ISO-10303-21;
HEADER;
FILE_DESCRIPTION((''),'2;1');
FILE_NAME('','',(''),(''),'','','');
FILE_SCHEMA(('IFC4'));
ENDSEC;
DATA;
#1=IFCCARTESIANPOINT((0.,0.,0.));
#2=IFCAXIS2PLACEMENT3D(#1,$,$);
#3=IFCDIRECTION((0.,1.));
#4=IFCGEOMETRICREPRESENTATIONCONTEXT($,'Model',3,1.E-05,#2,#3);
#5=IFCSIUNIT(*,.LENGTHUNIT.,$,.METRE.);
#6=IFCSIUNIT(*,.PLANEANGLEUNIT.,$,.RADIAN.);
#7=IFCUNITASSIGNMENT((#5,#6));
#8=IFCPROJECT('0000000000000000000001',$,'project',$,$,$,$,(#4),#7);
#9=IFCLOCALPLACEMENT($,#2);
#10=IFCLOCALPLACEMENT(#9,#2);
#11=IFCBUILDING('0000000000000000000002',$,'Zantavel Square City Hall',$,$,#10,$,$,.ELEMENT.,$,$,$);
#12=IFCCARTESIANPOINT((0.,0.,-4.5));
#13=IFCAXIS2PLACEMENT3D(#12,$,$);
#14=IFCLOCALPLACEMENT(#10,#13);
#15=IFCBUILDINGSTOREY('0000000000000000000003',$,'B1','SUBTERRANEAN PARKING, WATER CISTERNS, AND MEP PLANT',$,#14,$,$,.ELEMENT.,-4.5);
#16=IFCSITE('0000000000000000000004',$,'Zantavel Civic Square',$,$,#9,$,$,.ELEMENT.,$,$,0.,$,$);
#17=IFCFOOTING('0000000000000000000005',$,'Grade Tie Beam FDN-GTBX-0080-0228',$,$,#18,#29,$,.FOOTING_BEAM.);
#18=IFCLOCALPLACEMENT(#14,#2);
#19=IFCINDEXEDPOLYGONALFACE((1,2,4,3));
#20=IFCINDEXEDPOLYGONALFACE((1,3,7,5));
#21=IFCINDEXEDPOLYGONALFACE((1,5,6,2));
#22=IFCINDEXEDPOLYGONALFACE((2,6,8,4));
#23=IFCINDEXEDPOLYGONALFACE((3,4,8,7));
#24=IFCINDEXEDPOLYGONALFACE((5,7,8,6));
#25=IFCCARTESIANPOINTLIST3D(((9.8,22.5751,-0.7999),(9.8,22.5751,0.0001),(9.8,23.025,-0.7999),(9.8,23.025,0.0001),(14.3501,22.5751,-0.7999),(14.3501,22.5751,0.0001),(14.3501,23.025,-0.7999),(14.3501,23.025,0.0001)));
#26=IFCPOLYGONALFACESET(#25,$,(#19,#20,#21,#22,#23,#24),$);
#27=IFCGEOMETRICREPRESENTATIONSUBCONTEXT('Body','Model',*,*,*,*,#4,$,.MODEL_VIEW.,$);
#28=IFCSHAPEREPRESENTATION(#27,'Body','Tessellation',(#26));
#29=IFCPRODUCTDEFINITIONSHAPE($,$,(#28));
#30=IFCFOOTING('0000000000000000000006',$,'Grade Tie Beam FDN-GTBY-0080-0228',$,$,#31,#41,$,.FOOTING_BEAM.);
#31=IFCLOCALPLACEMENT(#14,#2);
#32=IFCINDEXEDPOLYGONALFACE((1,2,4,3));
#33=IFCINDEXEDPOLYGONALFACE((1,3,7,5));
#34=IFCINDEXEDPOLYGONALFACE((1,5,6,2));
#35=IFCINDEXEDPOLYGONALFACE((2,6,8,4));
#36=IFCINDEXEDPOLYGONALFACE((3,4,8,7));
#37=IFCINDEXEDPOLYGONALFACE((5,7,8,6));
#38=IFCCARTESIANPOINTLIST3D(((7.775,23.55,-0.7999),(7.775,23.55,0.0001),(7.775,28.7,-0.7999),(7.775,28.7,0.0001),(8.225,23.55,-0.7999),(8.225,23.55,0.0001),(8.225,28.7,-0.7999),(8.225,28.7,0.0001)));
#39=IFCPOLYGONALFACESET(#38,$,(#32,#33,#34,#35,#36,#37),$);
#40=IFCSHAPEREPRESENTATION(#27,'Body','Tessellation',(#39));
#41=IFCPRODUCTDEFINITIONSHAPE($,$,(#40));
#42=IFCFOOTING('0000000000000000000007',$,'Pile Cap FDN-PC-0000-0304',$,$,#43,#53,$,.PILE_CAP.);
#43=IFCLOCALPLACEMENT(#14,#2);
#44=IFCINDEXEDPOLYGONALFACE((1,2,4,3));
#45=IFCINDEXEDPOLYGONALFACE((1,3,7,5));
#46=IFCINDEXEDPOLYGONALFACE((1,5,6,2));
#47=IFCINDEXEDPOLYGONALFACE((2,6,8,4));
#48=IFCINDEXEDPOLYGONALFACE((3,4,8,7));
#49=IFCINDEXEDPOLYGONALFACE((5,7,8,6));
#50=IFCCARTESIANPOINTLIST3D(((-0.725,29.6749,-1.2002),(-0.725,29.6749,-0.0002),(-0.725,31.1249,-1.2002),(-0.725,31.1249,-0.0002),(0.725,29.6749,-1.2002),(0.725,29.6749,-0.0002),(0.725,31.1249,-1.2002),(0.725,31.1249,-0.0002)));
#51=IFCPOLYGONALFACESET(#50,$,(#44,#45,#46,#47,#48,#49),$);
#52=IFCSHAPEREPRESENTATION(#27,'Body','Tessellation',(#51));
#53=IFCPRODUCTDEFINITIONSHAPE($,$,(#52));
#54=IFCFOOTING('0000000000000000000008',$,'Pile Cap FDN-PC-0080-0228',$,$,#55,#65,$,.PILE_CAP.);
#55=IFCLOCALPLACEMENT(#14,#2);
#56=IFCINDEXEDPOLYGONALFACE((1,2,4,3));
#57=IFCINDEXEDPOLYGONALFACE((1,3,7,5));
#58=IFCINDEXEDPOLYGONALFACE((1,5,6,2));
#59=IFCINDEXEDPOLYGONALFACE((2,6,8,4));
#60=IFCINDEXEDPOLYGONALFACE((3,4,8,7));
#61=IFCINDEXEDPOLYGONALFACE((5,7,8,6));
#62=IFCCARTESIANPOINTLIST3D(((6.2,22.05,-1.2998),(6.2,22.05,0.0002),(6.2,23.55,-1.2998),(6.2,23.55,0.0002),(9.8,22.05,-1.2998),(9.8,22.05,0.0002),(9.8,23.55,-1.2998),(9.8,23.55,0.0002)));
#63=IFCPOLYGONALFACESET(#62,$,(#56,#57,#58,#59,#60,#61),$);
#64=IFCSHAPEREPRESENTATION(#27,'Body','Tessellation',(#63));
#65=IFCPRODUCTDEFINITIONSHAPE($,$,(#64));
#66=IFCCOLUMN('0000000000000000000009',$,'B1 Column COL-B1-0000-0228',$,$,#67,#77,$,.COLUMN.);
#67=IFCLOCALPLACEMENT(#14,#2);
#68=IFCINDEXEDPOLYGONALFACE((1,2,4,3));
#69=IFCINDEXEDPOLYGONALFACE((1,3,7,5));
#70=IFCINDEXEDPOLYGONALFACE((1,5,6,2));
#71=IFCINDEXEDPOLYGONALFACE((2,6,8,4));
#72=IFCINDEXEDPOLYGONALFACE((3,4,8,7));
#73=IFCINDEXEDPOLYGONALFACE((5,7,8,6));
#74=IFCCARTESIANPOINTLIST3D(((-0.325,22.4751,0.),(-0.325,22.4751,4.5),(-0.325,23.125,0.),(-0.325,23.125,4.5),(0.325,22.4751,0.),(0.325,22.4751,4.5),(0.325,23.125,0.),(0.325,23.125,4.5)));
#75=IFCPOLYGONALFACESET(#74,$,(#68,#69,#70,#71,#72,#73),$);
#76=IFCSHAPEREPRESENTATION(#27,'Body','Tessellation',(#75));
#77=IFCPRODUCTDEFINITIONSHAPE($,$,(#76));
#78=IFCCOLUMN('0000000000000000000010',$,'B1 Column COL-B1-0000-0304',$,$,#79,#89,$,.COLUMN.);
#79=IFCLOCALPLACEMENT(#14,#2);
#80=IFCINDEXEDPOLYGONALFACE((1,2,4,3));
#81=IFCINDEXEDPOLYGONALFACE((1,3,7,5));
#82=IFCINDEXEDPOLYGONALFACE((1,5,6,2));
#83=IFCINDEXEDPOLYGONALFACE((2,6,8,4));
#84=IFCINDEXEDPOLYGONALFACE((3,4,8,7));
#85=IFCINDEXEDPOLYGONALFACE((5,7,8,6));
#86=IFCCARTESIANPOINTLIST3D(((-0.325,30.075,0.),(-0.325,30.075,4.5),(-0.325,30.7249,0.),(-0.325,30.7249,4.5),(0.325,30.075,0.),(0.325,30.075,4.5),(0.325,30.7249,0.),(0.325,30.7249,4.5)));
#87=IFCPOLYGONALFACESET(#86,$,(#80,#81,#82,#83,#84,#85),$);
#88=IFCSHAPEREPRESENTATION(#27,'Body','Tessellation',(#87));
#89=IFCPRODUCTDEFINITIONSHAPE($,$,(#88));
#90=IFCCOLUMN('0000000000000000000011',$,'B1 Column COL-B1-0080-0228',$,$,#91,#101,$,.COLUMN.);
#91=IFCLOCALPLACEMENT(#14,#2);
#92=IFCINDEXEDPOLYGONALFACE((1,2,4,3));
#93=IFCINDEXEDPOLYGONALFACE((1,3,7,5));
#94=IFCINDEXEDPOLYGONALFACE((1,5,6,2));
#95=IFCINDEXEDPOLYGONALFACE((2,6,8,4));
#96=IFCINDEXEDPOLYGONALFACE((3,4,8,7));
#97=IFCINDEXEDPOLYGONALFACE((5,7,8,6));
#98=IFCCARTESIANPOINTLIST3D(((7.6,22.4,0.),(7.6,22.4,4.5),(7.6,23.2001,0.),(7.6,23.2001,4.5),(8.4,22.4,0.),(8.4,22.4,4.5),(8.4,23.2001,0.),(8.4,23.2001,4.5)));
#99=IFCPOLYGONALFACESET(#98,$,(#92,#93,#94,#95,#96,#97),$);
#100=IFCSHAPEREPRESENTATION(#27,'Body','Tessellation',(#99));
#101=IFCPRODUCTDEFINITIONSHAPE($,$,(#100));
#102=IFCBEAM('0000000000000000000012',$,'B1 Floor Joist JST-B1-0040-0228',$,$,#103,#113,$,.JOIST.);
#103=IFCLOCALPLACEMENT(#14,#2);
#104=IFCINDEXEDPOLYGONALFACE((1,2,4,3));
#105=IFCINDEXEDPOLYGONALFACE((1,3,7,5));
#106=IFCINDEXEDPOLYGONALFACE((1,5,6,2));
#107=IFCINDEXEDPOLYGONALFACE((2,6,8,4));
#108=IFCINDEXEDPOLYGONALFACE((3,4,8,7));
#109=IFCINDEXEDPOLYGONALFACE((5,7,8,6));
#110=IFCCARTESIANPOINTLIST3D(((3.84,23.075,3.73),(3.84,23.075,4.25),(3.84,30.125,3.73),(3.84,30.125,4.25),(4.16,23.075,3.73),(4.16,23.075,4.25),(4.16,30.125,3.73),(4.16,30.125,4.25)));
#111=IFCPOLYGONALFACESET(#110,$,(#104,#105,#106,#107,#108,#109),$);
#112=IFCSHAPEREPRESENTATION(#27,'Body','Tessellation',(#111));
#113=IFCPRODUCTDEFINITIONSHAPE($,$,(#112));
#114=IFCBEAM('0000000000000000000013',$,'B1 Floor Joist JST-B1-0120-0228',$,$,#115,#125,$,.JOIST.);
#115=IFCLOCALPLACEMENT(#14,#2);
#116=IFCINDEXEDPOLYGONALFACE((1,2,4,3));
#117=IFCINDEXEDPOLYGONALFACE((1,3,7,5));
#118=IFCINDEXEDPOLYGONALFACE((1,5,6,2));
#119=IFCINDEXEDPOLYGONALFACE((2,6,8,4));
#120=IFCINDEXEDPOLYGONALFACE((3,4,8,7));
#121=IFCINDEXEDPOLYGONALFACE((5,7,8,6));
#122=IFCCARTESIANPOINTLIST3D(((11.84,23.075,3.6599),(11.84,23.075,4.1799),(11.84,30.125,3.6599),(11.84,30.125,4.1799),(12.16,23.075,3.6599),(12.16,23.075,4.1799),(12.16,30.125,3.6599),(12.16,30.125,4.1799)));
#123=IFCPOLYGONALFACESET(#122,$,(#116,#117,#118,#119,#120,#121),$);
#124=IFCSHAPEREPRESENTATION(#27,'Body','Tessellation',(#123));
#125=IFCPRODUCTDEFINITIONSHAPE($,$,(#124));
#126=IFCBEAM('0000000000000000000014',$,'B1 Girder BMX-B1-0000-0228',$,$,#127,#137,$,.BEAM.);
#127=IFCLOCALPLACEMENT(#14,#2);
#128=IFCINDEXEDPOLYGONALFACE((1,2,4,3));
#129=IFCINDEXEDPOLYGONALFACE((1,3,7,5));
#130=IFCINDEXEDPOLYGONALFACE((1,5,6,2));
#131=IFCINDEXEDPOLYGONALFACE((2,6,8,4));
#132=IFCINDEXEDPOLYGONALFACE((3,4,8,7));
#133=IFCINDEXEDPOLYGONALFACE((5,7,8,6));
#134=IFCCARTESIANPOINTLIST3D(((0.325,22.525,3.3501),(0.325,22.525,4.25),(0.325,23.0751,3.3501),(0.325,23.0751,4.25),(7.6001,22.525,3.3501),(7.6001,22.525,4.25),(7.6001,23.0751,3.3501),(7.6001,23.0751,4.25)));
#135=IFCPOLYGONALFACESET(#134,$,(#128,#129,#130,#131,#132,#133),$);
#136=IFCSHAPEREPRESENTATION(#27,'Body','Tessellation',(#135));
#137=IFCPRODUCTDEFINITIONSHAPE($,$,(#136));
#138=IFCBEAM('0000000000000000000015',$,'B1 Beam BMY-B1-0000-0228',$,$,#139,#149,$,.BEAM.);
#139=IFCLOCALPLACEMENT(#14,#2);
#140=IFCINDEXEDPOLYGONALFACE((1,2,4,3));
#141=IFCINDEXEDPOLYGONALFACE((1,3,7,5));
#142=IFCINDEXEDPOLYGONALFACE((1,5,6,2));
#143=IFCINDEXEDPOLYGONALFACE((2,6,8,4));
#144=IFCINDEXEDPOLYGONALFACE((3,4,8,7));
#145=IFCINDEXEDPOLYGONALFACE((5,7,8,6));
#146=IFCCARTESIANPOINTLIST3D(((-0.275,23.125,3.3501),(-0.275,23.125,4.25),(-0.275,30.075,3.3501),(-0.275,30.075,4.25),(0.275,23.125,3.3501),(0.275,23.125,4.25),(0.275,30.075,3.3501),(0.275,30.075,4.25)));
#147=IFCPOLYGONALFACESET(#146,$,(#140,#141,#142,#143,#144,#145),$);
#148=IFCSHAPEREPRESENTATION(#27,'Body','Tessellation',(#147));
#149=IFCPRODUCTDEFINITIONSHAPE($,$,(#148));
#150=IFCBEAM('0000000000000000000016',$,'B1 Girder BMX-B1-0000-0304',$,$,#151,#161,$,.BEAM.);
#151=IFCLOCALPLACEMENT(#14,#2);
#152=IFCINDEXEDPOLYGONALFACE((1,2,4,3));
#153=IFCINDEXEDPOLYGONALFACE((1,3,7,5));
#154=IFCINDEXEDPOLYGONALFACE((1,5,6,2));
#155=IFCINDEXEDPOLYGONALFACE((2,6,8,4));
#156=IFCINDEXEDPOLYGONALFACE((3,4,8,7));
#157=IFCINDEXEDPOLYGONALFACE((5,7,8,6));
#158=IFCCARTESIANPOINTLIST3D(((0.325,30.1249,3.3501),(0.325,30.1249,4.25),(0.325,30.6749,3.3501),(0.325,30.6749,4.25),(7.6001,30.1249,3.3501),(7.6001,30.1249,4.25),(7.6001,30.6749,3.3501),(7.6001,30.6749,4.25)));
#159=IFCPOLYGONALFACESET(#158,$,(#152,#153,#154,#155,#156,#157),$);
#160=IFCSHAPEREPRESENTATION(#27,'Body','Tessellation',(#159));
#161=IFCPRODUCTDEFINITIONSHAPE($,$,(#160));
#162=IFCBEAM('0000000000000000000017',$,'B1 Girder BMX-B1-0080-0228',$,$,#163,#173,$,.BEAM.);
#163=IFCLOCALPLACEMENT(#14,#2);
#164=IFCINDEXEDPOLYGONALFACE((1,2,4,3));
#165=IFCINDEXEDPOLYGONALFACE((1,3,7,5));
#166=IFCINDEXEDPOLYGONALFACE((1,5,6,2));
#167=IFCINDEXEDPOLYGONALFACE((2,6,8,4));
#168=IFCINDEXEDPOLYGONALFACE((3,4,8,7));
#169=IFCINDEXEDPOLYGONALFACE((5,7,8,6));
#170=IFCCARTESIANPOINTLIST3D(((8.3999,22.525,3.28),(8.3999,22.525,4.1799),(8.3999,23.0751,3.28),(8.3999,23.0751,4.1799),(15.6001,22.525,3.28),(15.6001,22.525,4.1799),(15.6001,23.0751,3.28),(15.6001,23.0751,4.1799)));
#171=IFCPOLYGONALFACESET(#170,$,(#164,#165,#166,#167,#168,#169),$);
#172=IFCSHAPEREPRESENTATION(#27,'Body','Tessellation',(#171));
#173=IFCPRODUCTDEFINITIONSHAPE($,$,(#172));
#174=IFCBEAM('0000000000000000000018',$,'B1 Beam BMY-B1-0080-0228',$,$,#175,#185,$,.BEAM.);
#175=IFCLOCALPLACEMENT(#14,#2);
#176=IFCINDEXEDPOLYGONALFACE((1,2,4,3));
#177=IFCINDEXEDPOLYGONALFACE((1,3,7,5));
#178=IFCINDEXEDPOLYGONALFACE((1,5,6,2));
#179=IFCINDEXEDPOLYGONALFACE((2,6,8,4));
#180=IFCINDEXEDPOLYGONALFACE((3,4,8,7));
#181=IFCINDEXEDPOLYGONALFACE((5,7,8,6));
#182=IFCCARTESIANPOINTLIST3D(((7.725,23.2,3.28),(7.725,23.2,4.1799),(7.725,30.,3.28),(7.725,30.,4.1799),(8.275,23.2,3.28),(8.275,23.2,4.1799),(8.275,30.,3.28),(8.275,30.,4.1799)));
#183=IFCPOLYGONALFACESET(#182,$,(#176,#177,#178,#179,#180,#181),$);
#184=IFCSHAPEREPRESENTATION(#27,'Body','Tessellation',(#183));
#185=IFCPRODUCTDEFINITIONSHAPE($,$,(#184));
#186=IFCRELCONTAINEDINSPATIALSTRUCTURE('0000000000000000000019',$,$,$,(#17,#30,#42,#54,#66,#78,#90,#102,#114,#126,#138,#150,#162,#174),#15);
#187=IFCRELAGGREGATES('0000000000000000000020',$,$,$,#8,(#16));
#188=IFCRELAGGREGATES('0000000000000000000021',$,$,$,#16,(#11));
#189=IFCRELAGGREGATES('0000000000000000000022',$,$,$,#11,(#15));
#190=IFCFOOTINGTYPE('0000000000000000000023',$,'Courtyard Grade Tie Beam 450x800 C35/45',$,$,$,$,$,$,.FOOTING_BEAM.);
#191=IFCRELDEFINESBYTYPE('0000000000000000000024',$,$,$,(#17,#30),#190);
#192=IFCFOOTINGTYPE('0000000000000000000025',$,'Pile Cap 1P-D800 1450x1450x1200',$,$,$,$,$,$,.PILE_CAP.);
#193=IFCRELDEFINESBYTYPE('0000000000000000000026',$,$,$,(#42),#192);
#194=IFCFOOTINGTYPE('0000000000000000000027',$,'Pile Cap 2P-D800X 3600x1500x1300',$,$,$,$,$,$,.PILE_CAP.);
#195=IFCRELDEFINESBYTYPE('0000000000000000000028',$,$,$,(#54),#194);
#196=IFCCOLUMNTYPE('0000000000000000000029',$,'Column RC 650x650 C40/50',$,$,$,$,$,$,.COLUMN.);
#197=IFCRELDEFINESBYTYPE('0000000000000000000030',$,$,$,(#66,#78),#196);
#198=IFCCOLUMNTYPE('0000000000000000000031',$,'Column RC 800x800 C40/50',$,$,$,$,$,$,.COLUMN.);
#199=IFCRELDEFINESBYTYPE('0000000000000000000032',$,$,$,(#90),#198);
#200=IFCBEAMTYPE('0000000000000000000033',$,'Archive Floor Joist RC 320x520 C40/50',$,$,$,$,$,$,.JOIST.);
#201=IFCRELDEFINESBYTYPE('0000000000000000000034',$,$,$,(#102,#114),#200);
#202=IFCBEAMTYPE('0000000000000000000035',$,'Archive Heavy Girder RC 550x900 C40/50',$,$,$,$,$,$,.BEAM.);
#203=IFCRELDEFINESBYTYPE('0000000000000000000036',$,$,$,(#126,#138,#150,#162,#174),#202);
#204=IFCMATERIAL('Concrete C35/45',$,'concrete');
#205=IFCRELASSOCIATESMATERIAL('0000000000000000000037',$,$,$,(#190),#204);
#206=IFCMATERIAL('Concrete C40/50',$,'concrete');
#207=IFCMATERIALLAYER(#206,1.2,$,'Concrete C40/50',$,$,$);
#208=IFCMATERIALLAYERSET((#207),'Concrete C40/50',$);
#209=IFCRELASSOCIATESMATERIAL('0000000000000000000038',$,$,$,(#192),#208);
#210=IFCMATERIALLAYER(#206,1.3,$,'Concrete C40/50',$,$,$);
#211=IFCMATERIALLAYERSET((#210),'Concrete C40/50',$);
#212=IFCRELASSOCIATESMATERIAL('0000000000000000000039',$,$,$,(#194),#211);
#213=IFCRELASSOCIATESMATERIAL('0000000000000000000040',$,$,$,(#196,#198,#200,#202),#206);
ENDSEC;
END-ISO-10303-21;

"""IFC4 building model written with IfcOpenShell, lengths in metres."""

from ifc_helpers import new_model, si_unit, direction, frame, origin, origin_2d, place, context, subcontext, project, spatial, rectangle, extrude, material, layer, layer_set, material_profile, profile_set, type_object, element, save


model = new_model("IFC4")

# Units and contexts
model_context = context("Model", 3, precision=1e-05, world=origin(), true_north=direction((0.0, 1.0)))
body_context = subcontext(model_context, "Body", "Model", "MODEL_VIEW")
ifc_project = project(units=[si_unit("LENGTHUNIT", "METRE"), si_unit("PLANEANGLEUNIT", "RADIAN")], contexts=[model_context])

# Site, building, storey
site_placement = place(None, origin())
site = spatial("IfcSite", under=ifc_project, at=site_placement, Name="Zantavel Civic Square", CompositionType="ELEMENT", RefElevation=0.0)
building_placement = place(site_placement, origin())
building = spatial("IfcBuilding", under=site, at=building_placement, Name="Zantavel Square City Hall", CompositionType="ELEMENT")
storey_placement = place(building_placement, frame((0.0, 0.0, -4.5)))
storey = spatial("IfcBuildingStorey", under=building, at=storey_placement, Name="B1", Description="SUBTERRANEAN PARKING, WATER CISTERNS, AND MEP PLANT", CompositionType="ELEMENT", Elevation=-4.5)

# Shared definitions
ifc_material_1 = material(Name="Concrete C35/45", Category="concrete")

# Footings
ifc_material_profile_1 = material_profile(ifc_material_1, rectangle(XDim=0.45, YDim=0.8, at=origin_2d()), Name="RC 450x800")
ifc_profile_set_1 = profile_set([ifc_material_profile_1], Name="Concrete C35/45")
footing_type_1 = type_object("IfcFootingType", Name="Courtyard Grade Tie Beam 450x800 C35/45", PredefinedType="FOOTING_BEAM", material=ifc_profile_set_1)
footing_1_placement = place(storey_placement, frame((9.8, 22.8, -0.3999), z_axis=(1.0, 0.0, 0.0), x_axis=(0.0, 1.0, 0.0)))
element("IfcFooting", 1, at=footing_1_placement, inside=storey, type_object=footing_type_1, Name="Grade Tie Beam FDN-GTBX-0080-0228", PredefinedType="FOOTING_BEAM", context=body_context, shape_type="SweptSolid", body=[
    extrude(rectangle(XDim=0.45, YDim=0.8, at=origin_2d()), origin(), (0.0, 0.0, 1.0), 4.55),
])
footing_2_placement = place(storey_placement, frame((8.0, 23.55, -0.3999), z_axis=(0.0, 1.0, 0.0), x_axis=(-1.0, 0.0, 0.0)))
element("IfcFooting", 2, at=footing_2_placement, inside=storey, type_object=footing_type_1, Name="Grade Tie Beam FDN-GTBY-0080-0228", PredefinedType="FOOTING_BEAM", context=body_context, shape_type="SweptSolid", body=[
    extrude(rectangle(XDim=0.45, YDim=0.8, at=origin_2d()), origin(), (0.0, 0.0, 1.0), 5.1499),
])
ifc_material_2 = material(Name="Concrete C40/50", Category="concrete")
ifc_layer_1 = layer(ifc_material_2, 1.2, Name="Concrete C40/50")
ifc_layer_set_1 = layer_set([ifc_layer_1], Name="Concrete C40/50")
footing_type_2 = type_object("IfcFootingType", Name="Pile Cap 1P-D800 1450x1450x1200", PredefinedType="PILE_CAP", material=ifc_layer_set_1)
footing_3_placement = place(storey_placement, frame((0.0, 30.3999, -1.2002), z_axis=(0.0, 0.0, 1.0), x_axis=(1.0, 0.0, 0.0)))
element("IfcFooting", 3, at=footing_3_placement, inside=storey, type_object=footing_type_2, Name="Pile Cap FDN-PC-0000-0304", PredefinedType="PILE_CAP", context=body_context, shape_type="SweptSolid", body=[
    extrude(rectangle(XDim=1.45, YDim=1.45, at=origin_2d()), origin(), (0.0, 0.0, 1.0), 1.2),
])
ifc_layer_2 = layer(ifc_material_2, 1.3, Name="Concrete C40/50")
ifc_layer_set_2 = layer_set([ifc_layer_2], Name="Concrete C40/50")
footing_type_3 = type_object("IfcFootingType", Name="Pile Cap 2P-D800X 3600x1500x1300", PredefinedType="PILE_CAP", material=ifc_layer_set_2)
footing_4_placement = place(storey_placement, frame((8.0, 22.8, -1.2998), z_axis=(0.0, 0.0, 1.0), x_axis=(1.0, 0.0, 0.0)))
element("IfcFooting", 4, at=footing_4_placement, inside=storey, type_object=footing_type_3, Name="Pile Cap FDN-PC-0080-0228", PredefinedType="PILE_CAP", context=body_context, shape_type="SweptSolid", body=[
    extrude(rectangle(XDim=3.6001, YDim=1.5, at=origin_2d()), origin(), (0.0, 0.0, 1.0), 1.3),
])

# Columns
ifc_material_profile_2 = material_profile(ifc_material_2, rectangle(XDim=0.6499, YDim=0.6499, at=origin_2d()), Name="RC 650x650")
ifc_profile_set_2 = profile_set([ifc_material_profile_2], Name="Concrete C40/50")
column_type_1 = type_object("IfcColumnType", Name="Column RC 650x650 C40/50", PredefinedType="COLUMN", material=ifc_profile_set_2)
for number, where, z_axis, x_axis, name in (
    (5, (0.0, 22.8, 0.0), (0.0, 0.0, 1.0), (1.0, 0.0, 0.0), "B1 Column COL-B1-0000-0228"),
    (6, (0.0, 30.3999, 0.0), (0.0, 0.0, 1.0), (1.0, 0.0, 0.0), "B1 Column COL-B1-0000-0304"),
):
    element("IfcColumn", number, at=place(storey_placement, frame(where, z_axis=z_axis, x_axis=x_axis)), inside=storey, type_object=column_type_1, Name=name, PredefinedType="COLUMN", context=body_context, shape_type="SweptSolid", body=[
        extrude(rectangle(XDim=0.6499, YDim=0.6499, at=origin_2d()), origin(), (0.0, 0.0, 1.0), 4.5),
    ])
ifc_material_profile_3 = material_profile(ifc_material_2, rectangle(XDim=0.8, YDim=0.8, at=origin_2d()), Name="RC 800x800")
ifc_profile_set_3 = profile_set([ifc_material_profile_3], Name="Concrete C40/50")
column_type_2 = type_object("IfcColumnType", Name="Column RC 800x800 C40/50", PredefinedType="COLUMN", material=ifc_profile_set_3)
column_placement = place(storey_placement, frame((8.0, 22.8, 0.0), z_axis=(0.0, 0.0, 1.0), x_axis=(1.0, 0.0, 0.0)))
element("IfcColumn", 7, at=column_placement, inside=storey, type_object=column_type_2, Name="B1 Column COL-B1-0080-0228", PredefinedType="COLUMN", context=body_context, shape_type="SweptSolid", body=[
    extrude(rectangle(XDim=0.8, YDim=0.8, at=origin_2d()), origin(), (0.0, 0.0, 1.0), 4.5),
])

# Beams
ifc_material_profile_4 = material_profile(ifc_material_2, rectangle(XDim=0.3201, YDim=0.52, at=origin_2d()), Name="RC 320x520")
ifc_profile_set_4 = profile_set([ifc_material_profile_4], Name="Concrete C40/50")
beam_type_1 = type_object("IfcBeamType", Name="Archive Floor Joist RC 320x520 C40/50", PredefinedType="JOIST", material=ifc_profile_set_4)
for number, where, z_axis, x_axis, name in (
    (8, (4.0, 23.075, 3.99), (0.0, 1.0, 0.0), (-1.0, 0.0, 0.0), "B1 Floor Joist JST-B1-0040-0228"),
    (9, (12.0, 23.075, 3.9199), (0.0, 1.0, 0.0), (-1.0, 0.0, 0.0), "B1 Floor Joist JST-B1-0120-0228"),
):
    element("IfcBeam", number, at=place(storey_placement, frame(where, z_axis=z_axis, x_axis=x_axis)), inside=storey, type_object=beam_type_1, Name=name, PredefinedType="JOIST", context=body_context, shape_type="SweptSolid", body=[
        extrude(rectangle(XDim=0.3201, YDim=0.52, at=origin_2d()), origin(), (0.0, 0.0, 1.0), 7.05),
    ])
ifc_material_profile_5 = material_profile(ifc_material_2, rectangle(XDim=0.55, YDim=0.8999, at=origin_2d()), Name="RC 550x900")
ifc_profile_set_5 = profile_set([ifc_material_profile_5], Name="Concrete C40/50")
beam_type_2 = type_object("IfcBeamType", Name="Archive Heavy Girder RC 550x900 C40/50", PredefinedType="BEAM", material=ifc_profile_set_5)
beam_1_placement = place(storey_placement, frame((0.325, 22.8, 3.8), z_axis=(1.0, 0.0, 0.0), x_axis=(0.0, 1.0, 0.0)))
element("IfcBeam", 10, at=beam_1_placement, inside=storey, type_object=beam_type_2, Name="B1 Girder BMX-B1-0000-0228", PredefinedType="BEAM", context=body_context, shape_type="SweptSolid", body=[
    extrude(rectangle(XDim=0.55, YDim=0.8999, at=origin_2d()), origin(), (0.0, 0.0, 1.0), 7.2751),
])
beam_2_placement = place(storey_placement, frame((0.0, 23.125, 3.8), z_axis=(0.0, 1.0, 0.0), x_axis=(-1.0, 0.0, 0.0)))
element("IfcBeam", 11, at=beam_2_placement, inside=storey, type_object=beam_type_2, Name="B1 Beam BMY-B1-0000-0228", PredefinedType="BEAM", context=body_context, shape_type="SweptSolid", body=[
    extrude(rectangle(XDim=0.55, YDim=0.8999, at=origin_2d()), origin(), (0.0, 0.0, 1.0), 6.95),
])
beam_3_placement = place(storey_placement, frame((0.325, 30.3999, 3.8), z_axis=(1.0, 0.0, 0.0), x_axis=(0.0, 1.0, 0.0)))
element("IfcBeam", 12, at=beam_3_placement, inside=storey, type_object=beam_type_2, Name="B1 Girder BMX-B1-0000-0304", PredefinedType="BEAM", context=body_context, shape_type="SweptSolid", body=[
    extrude(rectangle(XDim=0.55, YDim=0.8999, at=origin_2d()), origin(), (0.0, 0.0, 1.0), 7.2751),
])
beam_4_placement = place(storey_placement, frame((8.3999, 22.8, 3.73), z_axis=(1.0, 0.0, 0.0), x_axis=(0.0, 1.0, 0.0)))
element("IfcBeam", 13, at=beam_4_placement, inside=storey, type_object=beam_type_2, Name="B1 Girder BMX-B1-0080-0228", PredefinedType="BEAM", context=body_context, shape_type="SweptSolid", body=[
    extrude(rectangle(XDim=0.55, YDim=0.8999, at=origin_2d()), origin(), (0.0, 0.0, 1.0), 7.2002),
])
beam_5_placement = place(storey_placement, frame((8.0, 23.2, 3.73), z_axis=(0.0, 1.0, 0.0), x_axis=(-1.0, 0.0, 0.0)))
element("IfcBeam", 14, at=beam_5_placement, inside=storey, type_object=beam_type_2, Name="B1 Beam BMY-B1-0080-0228", PredefinedType="BEAM", context=body_context, shape_type="SweptSolid", body=[
    extrude(rectangle(XDim=0.55, YDim=0.8999, at=origin_2d()), origin(), (0.0, 0.0, 1.0), 6.8),
])

save(model, "model.ifc")
